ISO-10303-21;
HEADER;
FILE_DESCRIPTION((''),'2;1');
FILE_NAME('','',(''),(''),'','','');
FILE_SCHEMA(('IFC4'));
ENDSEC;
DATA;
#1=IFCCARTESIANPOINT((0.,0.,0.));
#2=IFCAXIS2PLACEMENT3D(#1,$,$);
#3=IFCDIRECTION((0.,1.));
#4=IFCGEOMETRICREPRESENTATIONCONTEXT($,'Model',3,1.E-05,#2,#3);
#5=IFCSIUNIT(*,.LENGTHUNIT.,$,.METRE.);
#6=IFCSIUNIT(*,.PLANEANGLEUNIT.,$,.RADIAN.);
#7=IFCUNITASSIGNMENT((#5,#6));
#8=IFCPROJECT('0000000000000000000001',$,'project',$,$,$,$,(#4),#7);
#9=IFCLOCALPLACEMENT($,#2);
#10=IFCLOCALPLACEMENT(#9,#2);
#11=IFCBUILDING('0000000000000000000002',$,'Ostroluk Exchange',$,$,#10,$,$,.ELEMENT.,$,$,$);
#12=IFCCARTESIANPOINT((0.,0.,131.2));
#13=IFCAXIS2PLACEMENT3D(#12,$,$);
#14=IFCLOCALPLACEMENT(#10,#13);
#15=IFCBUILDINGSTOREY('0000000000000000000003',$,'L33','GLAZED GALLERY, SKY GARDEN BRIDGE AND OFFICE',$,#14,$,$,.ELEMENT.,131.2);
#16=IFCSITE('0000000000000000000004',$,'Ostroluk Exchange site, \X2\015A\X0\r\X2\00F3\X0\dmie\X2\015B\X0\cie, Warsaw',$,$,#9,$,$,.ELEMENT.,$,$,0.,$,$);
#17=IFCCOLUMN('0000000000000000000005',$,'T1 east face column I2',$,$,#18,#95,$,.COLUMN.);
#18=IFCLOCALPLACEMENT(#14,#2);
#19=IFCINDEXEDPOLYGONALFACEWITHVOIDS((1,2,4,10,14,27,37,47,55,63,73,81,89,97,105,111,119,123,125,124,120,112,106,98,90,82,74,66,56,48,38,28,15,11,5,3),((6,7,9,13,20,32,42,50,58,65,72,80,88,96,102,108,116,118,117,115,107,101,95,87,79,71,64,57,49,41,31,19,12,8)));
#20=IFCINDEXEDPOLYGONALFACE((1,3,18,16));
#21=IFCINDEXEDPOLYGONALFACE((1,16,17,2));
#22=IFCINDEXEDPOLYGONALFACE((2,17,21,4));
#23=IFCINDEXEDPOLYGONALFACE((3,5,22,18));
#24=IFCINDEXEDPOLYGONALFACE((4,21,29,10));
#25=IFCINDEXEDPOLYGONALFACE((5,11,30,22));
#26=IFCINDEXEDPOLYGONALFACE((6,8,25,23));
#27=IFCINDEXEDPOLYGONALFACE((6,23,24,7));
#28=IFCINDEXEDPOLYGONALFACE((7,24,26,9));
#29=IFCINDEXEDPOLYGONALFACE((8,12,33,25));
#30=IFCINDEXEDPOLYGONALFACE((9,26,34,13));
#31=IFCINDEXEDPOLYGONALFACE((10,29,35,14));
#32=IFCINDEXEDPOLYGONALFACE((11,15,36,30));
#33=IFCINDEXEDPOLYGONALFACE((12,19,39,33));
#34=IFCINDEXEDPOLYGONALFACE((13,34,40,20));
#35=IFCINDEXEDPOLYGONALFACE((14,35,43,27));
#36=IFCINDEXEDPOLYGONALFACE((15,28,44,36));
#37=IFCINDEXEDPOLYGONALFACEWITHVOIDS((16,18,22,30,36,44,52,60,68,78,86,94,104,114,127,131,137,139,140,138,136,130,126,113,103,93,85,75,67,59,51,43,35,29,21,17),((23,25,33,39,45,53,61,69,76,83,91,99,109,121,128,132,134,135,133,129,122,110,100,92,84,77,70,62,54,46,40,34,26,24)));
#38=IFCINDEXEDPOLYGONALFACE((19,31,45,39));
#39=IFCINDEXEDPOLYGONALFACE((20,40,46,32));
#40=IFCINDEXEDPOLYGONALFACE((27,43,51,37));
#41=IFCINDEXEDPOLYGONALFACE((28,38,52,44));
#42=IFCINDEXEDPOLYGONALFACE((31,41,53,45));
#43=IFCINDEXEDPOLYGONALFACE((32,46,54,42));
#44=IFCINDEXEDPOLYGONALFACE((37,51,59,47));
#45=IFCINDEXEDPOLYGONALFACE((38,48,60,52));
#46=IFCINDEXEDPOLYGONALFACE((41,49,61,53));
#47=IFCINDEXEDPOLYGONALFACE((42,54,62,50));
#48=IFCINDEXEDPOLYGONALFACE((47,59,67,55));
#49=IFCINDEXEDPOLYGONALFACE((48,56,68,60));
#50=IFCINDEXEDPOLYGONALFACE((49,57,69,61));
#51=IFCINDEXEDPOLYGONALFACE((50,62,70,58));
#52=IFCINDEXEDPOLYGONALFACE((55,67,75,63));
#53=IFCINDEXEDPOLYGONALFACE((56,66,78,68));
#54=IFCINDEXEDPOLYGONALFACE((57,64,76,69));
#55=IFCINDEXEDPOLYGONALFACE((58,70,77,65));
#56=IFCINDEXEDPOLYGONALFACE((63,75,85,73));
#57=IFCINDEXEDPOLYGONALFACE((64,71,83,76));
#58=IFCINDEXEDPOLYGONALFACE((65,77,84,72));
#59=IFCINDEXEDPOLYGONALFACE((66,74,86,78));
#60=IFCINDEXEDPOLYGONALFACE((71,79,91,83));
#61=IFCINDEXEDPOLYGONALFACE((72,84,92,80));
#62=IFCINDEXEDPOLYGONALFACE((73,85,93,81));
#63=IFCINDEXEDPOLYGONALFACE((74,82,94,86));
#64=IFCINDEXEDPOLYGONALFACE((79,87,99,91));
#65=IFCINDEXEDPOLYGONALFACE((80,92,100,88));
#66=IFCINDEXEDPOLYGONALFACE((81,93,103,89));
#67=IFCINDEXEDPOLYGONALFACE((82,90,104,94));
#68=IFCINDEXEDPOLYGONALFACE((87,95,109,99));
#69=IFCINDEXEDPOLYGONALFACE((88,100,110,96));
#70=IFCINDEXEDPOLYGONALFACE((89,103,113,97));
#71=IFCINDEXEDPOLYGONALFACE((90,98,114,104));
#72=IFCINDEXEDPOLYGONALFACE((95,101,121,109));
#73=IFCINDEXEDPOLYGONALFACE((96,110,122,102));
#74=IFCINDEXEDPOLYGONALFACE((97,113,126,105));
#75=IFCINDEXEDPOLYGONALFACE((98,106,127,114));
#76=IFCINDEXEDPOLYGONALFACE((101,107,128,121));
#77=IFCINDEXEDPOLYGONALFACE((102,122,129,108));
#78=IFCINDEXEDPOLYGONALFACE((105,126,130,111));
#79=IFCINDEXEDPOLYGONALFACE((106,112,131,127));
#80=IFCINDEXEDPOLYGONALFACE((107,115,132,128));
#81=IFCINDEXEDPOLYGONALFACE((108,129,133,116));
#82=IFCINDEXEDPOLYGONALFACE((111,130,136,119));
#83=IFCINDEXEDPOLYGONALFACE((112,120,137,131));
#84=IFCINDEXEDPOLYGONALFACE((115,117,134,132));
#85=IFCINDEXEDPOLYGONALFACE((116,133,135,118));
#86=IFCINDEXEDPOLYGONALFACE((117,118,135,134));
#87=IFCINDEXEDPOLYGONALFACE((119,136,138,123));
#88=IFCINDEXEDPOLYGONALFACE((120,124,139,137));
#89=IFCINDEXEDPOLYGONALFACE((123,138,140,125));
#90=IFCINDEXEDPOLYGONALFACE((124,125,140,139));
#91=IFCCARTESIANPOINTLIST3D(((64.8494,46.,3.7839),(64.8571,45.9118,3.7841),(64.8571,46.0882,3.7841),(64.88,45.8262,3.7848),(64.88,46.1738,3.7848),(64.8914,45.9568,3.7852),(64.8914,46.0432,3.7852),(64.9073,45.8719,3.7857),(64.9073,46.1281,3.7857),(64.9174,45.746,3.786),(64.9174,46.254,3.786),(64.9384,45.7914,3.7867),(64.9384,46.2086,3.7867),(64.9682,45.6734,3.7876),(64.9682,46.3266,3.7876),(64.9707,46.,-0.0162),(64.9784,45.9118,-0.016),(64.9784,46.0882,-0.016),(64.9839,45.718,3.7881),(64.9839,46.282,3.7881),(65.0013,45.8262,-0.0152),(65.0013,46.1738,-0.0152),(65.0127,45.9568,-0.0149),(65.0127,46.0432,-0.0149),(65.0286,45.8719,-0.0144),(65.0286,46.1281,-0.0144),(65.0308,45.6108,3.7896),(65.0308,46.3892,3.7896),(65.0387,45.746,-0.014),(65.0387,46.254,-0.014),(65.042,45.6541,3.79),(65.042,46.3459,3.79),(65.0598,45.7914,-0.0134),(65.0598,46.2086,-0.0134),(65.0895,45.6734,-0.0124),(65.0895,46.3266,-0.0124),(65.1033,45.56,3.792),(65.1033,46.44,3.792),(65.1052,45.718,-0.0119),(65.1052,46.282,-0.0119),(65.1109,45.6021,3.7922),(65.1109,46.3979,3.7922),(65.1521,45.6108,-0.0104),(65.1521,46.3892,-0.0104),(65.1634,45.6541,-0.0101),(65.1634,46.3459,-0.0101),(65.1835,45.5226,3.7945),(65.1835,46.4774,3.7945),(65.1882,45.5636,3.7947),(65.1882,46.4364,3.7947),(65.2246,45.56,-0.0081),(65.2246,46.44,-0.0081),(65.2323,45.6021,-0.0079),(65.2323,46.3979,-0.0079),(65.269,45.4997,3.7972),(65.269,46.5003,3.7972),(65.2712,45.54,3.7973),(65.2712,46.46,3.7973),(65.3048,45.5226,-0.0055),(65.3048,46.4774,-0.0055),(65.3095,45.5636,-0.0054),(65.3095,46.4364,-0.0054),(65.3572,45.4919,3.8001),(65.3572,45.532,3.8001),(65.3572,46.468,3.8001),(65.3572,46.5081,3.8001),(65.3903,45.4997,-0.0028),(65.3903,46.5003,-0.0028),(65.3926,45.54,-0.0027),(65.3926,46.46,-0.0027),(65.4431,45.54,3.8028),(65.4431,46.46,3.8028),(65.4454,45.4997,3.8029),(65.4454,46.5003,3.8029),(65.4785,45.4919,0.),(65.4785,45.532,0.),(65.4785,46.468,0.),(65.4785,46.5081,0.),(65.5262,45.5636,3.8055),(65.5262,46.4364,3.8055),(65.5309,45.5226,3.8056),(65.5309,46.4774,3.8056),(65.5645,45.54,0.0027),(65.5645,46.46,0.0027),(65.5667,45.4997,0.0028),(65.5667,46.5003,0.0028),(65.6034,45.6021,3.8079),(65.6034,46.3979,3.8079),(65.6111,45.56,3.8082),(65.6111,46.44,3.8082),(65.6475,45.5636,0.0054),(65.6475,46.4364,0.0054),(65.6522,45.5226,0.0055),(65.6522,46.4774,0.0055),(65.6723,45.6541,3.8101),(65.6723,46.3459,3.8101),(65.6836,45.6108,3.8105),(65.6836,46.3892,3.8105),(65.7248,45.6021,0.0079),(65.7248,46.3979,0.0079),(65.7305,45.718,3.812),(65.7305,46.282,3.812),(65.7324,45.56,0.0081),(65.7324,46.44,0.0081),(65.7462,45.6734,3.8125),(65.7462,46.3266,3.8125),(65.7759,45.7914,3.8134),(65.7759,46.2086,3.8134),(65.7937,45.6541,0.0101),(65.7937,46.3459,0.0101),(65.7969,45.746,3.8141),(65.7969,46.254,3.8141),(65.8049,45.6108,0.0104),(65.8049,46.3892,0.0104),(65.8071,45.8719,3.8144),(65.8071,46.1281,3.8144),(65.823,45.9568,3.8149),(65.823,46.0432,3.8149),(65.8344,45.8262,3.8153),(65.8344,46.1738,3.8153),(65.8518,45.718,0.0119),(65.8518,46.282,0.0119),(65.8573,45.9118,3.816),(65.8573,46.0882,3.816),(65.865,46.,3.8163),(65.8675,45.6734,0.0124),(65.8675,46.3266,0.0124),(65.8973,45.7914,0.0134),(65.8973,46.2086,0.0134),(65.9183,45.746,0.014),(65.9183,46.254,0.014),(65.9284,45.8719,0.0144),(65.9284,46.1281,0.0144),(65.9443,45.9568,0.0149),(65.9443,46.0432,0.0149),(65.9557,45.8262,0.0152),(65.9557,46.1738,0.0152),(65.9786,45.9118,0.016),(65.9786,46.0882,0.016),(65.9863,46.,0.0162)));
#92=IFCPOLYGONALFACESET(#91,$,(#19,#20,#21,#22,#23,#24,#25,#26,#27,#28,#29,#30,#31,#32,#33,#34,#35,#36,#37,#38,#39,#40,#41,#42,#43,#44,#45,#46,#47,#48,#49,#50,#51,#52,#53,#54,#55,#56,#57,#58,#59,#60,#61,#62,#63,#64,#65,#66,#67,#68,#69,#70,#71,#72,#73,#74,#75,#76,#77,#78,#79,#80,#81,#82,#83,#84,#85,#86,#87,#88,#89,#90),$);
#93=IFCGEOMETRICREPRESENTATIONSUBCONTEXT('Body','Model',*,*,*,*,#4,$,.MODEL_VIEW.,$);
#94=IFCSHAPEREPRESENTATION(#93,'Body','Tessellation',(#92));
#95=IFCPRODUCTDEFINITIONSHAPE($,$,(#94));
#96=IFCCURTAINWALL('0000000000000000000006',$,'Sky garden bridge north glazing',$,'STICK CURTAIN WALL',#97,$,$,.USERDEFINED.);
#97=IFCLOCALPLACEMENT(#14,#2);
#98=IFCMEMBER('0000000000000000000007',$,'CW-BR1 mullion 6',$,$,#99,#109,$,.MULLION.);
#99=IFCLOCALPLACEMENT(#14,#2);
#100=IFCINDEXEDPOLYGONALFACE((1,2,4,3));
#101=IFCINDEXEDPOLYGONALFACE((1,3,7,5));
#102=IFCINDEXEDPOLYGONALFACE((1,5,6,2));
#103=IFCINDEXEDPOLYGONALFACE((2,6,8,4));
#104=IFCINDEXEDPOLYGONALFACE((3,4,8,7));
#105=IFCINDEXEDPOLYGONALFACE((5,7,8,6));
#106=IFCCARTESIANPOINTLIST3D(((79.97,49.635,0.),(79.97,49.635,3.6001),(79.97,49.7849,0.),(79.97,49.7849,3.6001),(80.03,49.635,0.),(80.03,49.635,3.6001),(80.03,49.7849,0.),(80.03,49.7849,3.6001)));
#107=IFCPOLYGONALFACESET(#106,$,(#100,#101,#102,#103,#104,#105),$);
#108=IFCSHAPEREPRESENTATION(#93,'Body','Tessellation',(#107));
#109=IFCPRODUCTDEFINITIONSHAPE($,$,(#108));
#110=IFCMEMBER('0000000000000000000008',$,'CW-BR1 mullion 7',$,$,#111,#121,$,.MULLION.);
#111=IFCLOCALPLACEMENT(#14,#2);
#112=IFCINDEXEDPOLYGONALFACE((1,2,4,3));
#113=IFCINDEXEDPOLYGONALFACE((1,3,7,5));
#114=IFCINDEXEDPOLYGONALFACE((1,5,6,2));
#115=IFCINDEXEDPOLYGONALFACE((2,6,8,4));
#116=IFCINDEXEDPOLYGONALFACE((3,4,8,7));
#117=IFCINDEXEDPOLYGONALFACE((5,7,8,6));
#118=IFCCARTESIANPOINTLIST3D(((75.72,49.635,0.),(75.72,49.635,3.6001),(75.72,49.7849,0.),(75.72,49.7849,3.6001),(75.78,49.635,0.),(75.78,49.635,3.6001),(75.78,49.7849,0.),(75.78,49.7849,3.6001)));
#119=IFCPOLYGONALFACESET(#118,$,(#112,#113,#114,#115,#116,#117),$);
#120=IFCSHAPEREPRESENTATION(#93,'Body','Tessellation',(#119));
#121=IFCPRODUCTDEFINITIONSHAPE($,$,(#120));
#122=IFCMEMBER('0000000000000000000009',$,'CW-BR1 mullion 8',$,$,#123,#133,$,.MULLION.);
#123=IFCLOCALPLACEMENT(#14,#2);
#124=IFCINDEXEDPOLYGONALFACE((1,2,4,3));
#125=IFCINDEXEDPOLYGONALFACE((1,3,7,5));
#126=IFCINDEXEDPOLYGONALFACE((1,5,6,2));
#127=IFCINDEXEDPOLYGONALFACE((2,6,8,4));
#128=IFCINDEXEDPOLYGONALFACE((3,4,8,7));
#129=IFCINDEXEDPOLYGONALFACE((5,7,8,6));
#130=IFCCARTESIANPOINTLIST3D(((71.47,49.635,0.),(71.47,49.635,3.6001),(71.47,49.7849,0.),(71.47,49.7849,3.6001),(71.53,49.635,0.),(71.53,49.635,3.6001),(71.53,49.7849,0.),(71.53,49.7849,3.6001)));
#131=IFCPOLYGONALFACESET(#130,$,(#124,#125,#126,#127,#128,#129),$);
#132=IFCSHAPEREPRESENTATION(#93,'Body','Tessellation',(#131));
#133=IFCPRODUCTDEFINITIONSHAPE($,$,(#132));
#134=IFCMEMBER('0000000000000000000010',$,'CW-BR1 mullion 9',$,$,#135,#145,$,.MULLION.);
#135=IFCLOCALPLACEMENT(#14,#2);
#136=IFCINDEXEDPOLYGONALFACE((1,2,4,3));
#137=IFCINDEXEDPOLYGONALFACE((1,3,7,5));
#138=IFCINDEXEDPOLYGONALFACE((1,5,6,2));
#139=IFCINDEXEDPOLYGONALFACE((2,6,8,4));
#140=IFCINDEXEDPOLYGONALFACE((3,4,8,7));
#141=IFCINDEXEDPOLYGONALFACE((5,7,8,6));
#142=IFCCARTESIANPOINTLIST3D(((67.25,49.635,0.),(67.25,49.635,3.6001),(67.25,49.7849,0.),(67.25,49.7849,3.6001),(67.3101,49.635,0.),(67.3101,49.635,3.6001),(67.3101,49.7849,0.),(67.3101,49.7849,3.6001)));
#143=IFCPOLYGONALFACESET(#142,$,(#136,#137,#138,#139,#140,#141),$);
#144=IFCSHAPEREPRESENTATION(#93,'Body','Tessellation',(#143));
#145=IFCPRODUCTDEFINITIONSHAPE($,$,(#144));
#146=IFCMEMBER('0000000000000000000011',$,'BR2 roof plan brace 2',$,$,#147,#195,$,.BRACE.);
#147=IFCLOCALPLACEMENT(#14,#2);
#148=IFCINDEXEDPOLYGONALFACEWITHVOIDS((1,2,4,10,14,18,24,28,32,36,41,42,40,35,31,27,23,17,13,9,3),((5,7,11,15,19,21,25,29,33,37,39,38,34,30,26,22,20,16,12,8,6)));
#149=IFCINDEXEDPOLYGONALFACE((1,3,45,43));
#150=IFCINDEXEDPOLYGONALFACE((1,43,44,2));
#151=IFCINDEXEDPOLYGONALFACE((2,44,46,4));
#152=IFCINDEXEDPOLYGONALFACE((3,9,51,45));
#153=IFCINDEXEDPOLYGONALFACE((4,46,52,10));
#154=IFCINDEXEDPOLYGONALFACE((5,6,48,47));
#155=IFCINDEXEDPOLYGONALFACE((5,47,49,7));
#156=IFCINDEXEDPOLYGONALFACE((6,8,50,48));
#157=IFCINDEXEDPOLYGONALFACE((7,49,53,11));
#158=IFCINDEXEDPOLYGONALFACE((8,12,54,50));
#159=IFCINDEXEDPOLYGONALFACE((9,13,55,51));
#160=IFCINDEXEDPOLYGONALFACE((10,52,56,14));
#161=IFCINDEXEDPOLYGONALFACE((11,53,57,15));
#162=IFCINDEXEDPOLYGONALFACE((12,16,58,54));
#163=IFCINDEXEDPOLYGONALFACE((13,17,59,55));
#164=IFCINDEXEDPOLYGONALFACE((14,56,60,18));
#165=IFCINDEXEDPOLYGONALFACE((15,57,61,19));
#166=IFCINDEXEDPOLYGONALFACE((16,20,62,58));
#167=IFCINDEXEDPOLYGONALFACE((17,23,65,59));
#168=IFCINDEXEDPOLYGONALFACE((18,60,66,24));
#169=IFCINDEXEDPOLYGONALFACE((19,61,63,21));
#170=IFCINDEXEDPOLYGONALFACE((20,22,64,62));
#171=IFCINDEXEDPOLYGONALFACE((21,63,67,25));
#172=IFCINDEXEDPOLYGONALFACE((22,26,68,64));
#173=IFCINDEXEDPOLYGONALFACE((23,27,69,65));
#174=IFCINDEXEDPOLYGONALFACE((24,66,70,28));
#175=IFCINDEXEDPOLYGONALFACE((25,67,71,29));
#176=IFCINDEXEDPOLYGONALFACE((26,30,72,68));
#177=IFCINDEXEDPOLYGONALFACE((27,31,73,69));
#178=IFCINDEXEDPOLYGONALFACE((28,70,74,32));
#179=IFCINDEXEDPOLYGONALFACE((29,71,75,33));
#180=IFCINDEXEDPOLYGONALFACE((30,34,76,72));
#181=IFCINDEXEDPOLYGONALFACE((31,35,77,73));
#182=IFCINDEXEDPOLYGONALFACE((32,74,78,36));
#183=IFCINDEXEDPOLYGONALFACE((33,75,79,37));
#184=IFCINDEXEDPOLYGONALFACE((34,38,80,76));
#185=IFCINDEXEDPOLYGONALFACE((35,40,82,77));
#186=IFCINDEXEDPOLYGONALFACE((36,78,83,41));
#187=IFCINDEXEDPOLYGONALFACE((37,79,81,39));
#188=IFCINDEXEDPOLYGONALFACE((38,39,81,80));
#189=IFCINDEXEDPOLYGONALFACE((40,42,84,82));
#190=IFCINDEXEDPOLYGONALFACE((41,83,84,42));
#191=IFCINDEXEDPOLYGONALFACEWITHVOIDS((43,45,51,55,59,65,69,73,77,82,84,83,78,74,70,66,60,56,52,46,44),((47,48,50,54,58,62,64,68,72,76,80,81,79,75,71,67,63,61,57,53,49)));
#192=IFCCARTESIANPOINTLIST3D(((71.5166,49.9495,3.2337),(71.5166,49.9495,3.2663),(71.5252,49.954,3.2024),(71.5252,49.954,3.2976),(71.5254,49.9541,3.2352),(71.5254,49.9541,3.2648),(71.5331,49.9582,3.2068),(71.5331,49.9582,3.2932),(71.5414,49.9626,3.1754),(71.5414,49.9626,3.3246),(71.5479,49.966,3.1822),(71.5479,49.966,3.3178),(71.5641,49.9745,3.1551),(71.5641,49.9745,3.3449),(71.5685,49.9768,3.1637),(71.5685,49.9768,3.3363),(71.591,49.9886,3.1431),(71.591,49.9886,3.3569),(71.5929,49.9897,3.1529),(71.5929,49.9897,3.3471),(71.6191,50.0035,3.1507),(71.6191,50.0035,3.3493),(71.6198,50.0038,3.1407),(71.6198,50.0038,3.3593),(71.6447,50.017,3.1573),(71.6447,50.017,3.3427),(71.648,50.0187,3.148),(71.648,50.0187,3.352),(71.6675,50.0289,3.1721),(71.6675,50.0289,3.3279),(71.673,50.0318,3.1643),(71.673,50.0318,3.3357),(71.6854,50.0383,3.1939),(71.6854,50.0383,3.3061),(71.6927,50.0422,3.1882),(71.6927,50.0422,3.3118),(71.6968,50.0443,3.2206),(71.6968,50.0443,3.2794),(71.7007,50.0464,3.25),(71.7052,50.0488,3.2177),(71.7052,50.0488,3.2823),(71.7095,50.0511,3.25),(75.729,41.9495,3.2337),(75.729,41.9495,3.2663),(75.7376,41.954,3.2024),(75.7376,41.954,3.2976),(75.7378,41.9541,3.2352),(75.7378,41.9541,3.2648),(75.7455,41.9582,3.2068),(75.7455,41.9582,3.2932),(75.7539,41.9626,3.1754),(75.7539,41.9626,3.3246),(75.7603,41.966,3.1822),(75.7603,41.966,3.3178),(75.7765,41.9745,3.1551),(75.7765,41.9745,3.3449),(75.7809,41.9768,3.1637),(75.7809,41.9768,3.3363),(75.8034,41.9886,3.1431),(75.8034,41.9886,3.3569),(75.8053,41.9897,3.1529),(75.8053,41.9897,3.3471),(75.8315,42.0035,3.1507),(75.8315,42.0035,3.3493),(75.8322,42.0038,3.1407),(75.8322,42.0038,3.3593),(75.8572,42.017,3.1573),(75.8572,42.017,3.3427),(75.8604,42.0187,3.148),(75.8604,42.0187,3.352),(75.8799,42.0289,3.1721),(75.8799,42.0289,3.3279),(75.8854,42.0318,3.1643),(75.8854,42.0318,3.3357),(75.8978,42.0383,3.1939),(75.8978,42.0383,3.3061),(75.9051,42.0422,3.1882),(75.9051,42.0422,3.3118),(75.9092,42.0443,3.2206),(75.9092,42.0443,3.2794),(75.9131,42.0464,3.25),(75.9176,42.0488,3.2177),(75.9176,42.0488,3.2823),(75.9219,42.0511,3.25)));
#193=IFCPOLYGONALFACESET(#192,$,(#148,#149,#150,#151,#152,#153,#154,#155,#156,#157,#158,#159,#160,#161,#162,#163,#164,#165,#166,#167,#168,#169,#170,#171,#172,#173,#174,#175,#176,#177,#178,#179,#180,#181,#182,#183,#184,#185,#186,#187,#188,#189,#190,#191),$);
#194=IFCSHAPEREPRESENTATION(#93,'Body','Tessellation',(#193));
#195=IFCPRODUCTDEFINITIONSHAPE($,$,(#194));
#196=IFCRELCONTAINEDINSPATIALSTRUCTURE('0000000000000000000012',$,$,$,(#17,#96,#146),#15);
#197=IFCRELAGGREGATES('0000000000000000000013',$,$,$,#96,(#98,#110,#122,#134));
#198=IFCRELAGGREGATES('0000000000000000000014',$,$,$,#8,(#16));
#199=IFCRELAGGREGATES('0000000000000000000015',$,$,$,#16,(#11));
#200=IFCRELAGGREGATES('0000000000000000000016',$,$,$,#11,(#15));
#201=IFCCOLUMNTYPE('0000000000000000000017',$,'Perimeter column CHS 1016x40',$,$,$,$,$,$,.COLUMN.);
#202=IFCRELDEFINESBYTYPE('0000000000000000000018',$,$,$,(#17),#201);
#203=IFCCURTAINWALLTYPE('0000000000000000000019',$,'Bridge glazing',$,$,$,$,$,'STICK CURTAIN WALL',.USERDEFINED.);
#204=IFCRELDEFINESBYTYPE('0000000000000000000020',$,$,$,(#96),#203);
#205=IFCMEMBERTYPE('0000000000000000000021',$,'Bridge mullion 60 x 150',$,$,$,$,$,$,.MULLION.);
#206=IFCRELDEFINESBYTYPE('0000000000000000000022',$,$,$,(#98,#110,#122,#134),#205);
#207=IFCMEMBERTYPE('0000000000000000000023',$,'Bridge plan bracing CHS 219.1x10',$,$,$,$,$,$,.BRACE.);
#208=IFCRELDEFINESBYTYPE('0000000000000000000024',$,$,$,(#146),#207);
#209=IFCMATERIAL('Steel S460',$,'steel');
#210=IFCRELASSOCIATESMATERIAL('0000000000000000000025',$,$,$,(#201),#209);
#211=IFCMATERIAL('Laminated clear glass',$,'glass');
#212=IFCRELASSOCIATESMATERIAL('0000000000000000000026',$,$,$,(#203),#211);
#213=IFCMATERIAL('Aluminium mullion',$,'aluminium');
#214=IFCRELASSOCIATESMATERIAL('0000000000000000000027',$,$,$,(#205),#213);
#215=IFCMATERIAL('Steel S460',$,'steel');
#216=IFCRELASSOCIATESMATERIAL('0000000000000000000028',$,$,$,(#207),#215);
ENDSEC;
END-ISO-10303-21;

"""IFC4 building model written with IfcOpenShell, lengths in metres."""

from ifc_helpers import new_model, si_unit, direction, frame, origin, origin_2d, place, context, subcontext, project, spatial, rectangle, hollow_circle, extrude, material, material_profile, profile_set, type_object, element, aggregate, save


model = new_model("IFC4")

# Units and contexts
model_context = context("Model", 3, precision=1e-05, world=origin(), true_north=direction((0.0, 1.0)))
body_context = subcontext(model_context, "Body", "Model", "MODEL_VIEW")
ifc_project = project(units=[si_unit("LENGTHUNIT", "METRE"), si_unit("PLANEANGLEUNIT", "RADIAN")], contexts=[model_context])

# Site, building, storey
site_placement = place(None, origin())
site = spatial("IfcSite", under=ifc_project, at=site_placement, Name="Ostroluk Exchange site, Śródmieście, Warsaw", CompositionType="ELEMENT", RefElevation=0.0)
building_placement = place(site_placement, origin())
building = spatial("IfcBuilding", under=site, at=building_placement, Name="Ostroluk Exchange", CompositionType="ELEMENT")
storey_placement = place(building_placement, frame((0.0, 0.0, 131.2)))
storey = spatial("IfcBuildingStorey", under=building, at=storey_placement, Name="L33", Description="GLAZED GALLERY, SKY GARDEN BRIDGE AND OFFICE", CompositionType="ELEMENT", Elevation=131.2)

# Column
ifc_material_1 = material(Name="Steel S460", Category="steel")
ifc_material_profile_1 = material_profile(ifc_material_1, hollow_circle(Radius=0.5081, WallThickness=0.04, at=origin_2d()), Name="CHS 1016x40")
ifc_profile_set_1 = profile_set([ifc_material_profile_1], Name="Steel S460")
column_type = type_object("IfcColumnType", Name="Perimeter column CHS 1016x40", PredefinedType="COLUMN", material=ifc_profile_set_1)
column_placement = place(storey_placement, frame((65.4785, 46.0, 0.0), z_axis=(-0.031914, 0.0, 0.999491), x_axis=(0.0, -1.0, 0.0)))
element("IfcColumn", 1, at=column_placement, inside=storey, type_object=column_type, Name="T1 east face column I2", PredefinedType="COLUMN", context=body_context, shape_type="SweptSolid", body=[
    extrude(hollow_circle(Radius=0.5081, WallThickness=0.04, at=origin_2d()), origin(), (0.0, 0.0, 1.0), 3.802),
])

# Curtain wall, members
ifc_material_2 = material(Name="Laminated clear glass", Category="glass")
curtain_wall_type_1 = type_object("IfcCurtainWallType", Name="Bridge glazing", ElementType="STICK CURTAIN WALL", PredefinedType="USERDEFINED", material=ifc_material_2)
curtain_wall_1_placement = place(storey_placement, origin())
curtain_wall_1 = element("IfcCurtainWall", 2, at=curtain_wall_1_placement, inside=storey, type_object=curtain_wall_type_1, Name="Sky garden bridge north glazing", ObjectType="STICK CURTAIN WALL", PredefinedType="USERDEFINED")
ifc_material_3 = material(Name="Aluminium mullion", Category="aluminium")
ifc_material_profile_2 = material_profile(ifc_material_3, rectangle(XDim=0.1499, YDim=0.0601, at=origin_2d()), Name="Bridge mullion 60 x 150")
ifc_profile_set_2 = profile_set([ifc_material_profile_2], Name="Aluminium mullion")
member_type_1 = type_object("IfcMemberType", Name="Bridge mullion 60 x 150", PredefinedType="MULLION", material=ifc_profile_set_2)
member_1_placement = place(storey_placement, frame((80.0, 49.71, 0.0), z_axis=(0.0, 0.0, 1.0), x_axis=(0.0, -1.0, 0.0)))
member_1 = element("IfcMember", 3, at=member_1_placement, type_object=member_type_1, Name="CW-BR1 mullion 6", PredefinedType="MULLION", context=body_context, shape_type="SweptSolid", body=[
    extrude(rectangle(XDim=0.1499, YDim=0.0601, at=origin_2d()), origin(), (0.0, 0.0, 1.0), 3.6001),
])
member_2_placement = place(storey_placement, frame((75.75, 49.71, 0.0), z_axis=(0.0, 0.0, 1.0), x_axis=(0.0, -1.0, 0.0)))
member_2 = element("IfcMember", 4, at=member_2_placement, type_object=member_type_1, Name="CW-BR1 mullion 7", PredefinedType="MULLION", context=body_context, shape_type="SweptSolid", body=[
    extrude(rectangle(XDim=0.1499, YDim=0.0601, at=origin_2d()), origin(), (0.0, 0.0, 1.0), 3.6001),
])
member_3_placement = place(storey_placement, frame((71.5, 49.71, 0.0), z_axis=(0.0, 0.0, 1.0), x_axis=(0.0, -1.0, 0.0)))
member_3 = element("IfcMember", 5, at=member_3_placement, type_object=member_type_1, Name="CW-BR1 mullion 8", PredefinedType="MULLION", context=body_context, shape_type="SweptSolid", body=[
    extrude(rectangle(XDim=0.1499, YDim=0.0601, at=origin_2d()), origin(), (0.0, 0.0, 1.0), 3.6001),
])
member_4_placement = place(storey_placement, frame((67.28, 49.71, 0.0), z_axis=(0.0, 0.0, 1.0), x_axis=(0.0, -1.0, 0.0)))
member_4 = element("IfcMember", 6, at=member_4_placement, type_object=member_type_1, Name="CW-BR1 mullion 9", PredefinedType="MULLION", context=body_context, shape_type="SweptSolid", body=[
    extrude(rectangle(XDim=0.1499, YDim=0.0601, at=origin_2d()), origin(), (0.0, 0.0, 1.0), 3.6001),
])

# Member
ifc_material_4 = material(Name="Steel S460", Category="steel")
ifc_material_profile_3 = material_profile(ifc_material_4, hollow_circle(Radius=0.1096, WallThickness=0.01, at=origin_2d()), Name="CHS 219.1x10")
ifc_profile_set_3 = profile_set([ifc_material_profile_3], Name="Steel S460")
member_type_2 = type_object("IfcMemberType", Name="Bridge plan bracing CHS 219.1x10", PredefinedType="BRACE", material=ifc_profile_set_3)
for number, where, z_axis, x_axis, name in (
    (7, (71.6125, 50.0, 3.25), (0.465909, -0.884833, 0.0), (0.884833, 0.465909, 0.0), "BR2 roof plan brace 2"),
):
    element("IfcMember", number, at=place(storey_placement, frame(where, z_axis=z_axis, x_axis=x_axis)), inside=storey, type_object=member_type_2, Name=name, PredefinedType="BRACE", context=body_context, shape_type="SweptSolid", body=[
        extrude(hollow_circle(Radius=0.1096, WallThickness=0.01, at=origin_2d()), origin(), (0.0, 0.0, 1.0), 9.0413),
    ])

aggregate(curtain_wall_1, [member_1, member_2, member_3, member_4])

save(model, "model.ifc")
